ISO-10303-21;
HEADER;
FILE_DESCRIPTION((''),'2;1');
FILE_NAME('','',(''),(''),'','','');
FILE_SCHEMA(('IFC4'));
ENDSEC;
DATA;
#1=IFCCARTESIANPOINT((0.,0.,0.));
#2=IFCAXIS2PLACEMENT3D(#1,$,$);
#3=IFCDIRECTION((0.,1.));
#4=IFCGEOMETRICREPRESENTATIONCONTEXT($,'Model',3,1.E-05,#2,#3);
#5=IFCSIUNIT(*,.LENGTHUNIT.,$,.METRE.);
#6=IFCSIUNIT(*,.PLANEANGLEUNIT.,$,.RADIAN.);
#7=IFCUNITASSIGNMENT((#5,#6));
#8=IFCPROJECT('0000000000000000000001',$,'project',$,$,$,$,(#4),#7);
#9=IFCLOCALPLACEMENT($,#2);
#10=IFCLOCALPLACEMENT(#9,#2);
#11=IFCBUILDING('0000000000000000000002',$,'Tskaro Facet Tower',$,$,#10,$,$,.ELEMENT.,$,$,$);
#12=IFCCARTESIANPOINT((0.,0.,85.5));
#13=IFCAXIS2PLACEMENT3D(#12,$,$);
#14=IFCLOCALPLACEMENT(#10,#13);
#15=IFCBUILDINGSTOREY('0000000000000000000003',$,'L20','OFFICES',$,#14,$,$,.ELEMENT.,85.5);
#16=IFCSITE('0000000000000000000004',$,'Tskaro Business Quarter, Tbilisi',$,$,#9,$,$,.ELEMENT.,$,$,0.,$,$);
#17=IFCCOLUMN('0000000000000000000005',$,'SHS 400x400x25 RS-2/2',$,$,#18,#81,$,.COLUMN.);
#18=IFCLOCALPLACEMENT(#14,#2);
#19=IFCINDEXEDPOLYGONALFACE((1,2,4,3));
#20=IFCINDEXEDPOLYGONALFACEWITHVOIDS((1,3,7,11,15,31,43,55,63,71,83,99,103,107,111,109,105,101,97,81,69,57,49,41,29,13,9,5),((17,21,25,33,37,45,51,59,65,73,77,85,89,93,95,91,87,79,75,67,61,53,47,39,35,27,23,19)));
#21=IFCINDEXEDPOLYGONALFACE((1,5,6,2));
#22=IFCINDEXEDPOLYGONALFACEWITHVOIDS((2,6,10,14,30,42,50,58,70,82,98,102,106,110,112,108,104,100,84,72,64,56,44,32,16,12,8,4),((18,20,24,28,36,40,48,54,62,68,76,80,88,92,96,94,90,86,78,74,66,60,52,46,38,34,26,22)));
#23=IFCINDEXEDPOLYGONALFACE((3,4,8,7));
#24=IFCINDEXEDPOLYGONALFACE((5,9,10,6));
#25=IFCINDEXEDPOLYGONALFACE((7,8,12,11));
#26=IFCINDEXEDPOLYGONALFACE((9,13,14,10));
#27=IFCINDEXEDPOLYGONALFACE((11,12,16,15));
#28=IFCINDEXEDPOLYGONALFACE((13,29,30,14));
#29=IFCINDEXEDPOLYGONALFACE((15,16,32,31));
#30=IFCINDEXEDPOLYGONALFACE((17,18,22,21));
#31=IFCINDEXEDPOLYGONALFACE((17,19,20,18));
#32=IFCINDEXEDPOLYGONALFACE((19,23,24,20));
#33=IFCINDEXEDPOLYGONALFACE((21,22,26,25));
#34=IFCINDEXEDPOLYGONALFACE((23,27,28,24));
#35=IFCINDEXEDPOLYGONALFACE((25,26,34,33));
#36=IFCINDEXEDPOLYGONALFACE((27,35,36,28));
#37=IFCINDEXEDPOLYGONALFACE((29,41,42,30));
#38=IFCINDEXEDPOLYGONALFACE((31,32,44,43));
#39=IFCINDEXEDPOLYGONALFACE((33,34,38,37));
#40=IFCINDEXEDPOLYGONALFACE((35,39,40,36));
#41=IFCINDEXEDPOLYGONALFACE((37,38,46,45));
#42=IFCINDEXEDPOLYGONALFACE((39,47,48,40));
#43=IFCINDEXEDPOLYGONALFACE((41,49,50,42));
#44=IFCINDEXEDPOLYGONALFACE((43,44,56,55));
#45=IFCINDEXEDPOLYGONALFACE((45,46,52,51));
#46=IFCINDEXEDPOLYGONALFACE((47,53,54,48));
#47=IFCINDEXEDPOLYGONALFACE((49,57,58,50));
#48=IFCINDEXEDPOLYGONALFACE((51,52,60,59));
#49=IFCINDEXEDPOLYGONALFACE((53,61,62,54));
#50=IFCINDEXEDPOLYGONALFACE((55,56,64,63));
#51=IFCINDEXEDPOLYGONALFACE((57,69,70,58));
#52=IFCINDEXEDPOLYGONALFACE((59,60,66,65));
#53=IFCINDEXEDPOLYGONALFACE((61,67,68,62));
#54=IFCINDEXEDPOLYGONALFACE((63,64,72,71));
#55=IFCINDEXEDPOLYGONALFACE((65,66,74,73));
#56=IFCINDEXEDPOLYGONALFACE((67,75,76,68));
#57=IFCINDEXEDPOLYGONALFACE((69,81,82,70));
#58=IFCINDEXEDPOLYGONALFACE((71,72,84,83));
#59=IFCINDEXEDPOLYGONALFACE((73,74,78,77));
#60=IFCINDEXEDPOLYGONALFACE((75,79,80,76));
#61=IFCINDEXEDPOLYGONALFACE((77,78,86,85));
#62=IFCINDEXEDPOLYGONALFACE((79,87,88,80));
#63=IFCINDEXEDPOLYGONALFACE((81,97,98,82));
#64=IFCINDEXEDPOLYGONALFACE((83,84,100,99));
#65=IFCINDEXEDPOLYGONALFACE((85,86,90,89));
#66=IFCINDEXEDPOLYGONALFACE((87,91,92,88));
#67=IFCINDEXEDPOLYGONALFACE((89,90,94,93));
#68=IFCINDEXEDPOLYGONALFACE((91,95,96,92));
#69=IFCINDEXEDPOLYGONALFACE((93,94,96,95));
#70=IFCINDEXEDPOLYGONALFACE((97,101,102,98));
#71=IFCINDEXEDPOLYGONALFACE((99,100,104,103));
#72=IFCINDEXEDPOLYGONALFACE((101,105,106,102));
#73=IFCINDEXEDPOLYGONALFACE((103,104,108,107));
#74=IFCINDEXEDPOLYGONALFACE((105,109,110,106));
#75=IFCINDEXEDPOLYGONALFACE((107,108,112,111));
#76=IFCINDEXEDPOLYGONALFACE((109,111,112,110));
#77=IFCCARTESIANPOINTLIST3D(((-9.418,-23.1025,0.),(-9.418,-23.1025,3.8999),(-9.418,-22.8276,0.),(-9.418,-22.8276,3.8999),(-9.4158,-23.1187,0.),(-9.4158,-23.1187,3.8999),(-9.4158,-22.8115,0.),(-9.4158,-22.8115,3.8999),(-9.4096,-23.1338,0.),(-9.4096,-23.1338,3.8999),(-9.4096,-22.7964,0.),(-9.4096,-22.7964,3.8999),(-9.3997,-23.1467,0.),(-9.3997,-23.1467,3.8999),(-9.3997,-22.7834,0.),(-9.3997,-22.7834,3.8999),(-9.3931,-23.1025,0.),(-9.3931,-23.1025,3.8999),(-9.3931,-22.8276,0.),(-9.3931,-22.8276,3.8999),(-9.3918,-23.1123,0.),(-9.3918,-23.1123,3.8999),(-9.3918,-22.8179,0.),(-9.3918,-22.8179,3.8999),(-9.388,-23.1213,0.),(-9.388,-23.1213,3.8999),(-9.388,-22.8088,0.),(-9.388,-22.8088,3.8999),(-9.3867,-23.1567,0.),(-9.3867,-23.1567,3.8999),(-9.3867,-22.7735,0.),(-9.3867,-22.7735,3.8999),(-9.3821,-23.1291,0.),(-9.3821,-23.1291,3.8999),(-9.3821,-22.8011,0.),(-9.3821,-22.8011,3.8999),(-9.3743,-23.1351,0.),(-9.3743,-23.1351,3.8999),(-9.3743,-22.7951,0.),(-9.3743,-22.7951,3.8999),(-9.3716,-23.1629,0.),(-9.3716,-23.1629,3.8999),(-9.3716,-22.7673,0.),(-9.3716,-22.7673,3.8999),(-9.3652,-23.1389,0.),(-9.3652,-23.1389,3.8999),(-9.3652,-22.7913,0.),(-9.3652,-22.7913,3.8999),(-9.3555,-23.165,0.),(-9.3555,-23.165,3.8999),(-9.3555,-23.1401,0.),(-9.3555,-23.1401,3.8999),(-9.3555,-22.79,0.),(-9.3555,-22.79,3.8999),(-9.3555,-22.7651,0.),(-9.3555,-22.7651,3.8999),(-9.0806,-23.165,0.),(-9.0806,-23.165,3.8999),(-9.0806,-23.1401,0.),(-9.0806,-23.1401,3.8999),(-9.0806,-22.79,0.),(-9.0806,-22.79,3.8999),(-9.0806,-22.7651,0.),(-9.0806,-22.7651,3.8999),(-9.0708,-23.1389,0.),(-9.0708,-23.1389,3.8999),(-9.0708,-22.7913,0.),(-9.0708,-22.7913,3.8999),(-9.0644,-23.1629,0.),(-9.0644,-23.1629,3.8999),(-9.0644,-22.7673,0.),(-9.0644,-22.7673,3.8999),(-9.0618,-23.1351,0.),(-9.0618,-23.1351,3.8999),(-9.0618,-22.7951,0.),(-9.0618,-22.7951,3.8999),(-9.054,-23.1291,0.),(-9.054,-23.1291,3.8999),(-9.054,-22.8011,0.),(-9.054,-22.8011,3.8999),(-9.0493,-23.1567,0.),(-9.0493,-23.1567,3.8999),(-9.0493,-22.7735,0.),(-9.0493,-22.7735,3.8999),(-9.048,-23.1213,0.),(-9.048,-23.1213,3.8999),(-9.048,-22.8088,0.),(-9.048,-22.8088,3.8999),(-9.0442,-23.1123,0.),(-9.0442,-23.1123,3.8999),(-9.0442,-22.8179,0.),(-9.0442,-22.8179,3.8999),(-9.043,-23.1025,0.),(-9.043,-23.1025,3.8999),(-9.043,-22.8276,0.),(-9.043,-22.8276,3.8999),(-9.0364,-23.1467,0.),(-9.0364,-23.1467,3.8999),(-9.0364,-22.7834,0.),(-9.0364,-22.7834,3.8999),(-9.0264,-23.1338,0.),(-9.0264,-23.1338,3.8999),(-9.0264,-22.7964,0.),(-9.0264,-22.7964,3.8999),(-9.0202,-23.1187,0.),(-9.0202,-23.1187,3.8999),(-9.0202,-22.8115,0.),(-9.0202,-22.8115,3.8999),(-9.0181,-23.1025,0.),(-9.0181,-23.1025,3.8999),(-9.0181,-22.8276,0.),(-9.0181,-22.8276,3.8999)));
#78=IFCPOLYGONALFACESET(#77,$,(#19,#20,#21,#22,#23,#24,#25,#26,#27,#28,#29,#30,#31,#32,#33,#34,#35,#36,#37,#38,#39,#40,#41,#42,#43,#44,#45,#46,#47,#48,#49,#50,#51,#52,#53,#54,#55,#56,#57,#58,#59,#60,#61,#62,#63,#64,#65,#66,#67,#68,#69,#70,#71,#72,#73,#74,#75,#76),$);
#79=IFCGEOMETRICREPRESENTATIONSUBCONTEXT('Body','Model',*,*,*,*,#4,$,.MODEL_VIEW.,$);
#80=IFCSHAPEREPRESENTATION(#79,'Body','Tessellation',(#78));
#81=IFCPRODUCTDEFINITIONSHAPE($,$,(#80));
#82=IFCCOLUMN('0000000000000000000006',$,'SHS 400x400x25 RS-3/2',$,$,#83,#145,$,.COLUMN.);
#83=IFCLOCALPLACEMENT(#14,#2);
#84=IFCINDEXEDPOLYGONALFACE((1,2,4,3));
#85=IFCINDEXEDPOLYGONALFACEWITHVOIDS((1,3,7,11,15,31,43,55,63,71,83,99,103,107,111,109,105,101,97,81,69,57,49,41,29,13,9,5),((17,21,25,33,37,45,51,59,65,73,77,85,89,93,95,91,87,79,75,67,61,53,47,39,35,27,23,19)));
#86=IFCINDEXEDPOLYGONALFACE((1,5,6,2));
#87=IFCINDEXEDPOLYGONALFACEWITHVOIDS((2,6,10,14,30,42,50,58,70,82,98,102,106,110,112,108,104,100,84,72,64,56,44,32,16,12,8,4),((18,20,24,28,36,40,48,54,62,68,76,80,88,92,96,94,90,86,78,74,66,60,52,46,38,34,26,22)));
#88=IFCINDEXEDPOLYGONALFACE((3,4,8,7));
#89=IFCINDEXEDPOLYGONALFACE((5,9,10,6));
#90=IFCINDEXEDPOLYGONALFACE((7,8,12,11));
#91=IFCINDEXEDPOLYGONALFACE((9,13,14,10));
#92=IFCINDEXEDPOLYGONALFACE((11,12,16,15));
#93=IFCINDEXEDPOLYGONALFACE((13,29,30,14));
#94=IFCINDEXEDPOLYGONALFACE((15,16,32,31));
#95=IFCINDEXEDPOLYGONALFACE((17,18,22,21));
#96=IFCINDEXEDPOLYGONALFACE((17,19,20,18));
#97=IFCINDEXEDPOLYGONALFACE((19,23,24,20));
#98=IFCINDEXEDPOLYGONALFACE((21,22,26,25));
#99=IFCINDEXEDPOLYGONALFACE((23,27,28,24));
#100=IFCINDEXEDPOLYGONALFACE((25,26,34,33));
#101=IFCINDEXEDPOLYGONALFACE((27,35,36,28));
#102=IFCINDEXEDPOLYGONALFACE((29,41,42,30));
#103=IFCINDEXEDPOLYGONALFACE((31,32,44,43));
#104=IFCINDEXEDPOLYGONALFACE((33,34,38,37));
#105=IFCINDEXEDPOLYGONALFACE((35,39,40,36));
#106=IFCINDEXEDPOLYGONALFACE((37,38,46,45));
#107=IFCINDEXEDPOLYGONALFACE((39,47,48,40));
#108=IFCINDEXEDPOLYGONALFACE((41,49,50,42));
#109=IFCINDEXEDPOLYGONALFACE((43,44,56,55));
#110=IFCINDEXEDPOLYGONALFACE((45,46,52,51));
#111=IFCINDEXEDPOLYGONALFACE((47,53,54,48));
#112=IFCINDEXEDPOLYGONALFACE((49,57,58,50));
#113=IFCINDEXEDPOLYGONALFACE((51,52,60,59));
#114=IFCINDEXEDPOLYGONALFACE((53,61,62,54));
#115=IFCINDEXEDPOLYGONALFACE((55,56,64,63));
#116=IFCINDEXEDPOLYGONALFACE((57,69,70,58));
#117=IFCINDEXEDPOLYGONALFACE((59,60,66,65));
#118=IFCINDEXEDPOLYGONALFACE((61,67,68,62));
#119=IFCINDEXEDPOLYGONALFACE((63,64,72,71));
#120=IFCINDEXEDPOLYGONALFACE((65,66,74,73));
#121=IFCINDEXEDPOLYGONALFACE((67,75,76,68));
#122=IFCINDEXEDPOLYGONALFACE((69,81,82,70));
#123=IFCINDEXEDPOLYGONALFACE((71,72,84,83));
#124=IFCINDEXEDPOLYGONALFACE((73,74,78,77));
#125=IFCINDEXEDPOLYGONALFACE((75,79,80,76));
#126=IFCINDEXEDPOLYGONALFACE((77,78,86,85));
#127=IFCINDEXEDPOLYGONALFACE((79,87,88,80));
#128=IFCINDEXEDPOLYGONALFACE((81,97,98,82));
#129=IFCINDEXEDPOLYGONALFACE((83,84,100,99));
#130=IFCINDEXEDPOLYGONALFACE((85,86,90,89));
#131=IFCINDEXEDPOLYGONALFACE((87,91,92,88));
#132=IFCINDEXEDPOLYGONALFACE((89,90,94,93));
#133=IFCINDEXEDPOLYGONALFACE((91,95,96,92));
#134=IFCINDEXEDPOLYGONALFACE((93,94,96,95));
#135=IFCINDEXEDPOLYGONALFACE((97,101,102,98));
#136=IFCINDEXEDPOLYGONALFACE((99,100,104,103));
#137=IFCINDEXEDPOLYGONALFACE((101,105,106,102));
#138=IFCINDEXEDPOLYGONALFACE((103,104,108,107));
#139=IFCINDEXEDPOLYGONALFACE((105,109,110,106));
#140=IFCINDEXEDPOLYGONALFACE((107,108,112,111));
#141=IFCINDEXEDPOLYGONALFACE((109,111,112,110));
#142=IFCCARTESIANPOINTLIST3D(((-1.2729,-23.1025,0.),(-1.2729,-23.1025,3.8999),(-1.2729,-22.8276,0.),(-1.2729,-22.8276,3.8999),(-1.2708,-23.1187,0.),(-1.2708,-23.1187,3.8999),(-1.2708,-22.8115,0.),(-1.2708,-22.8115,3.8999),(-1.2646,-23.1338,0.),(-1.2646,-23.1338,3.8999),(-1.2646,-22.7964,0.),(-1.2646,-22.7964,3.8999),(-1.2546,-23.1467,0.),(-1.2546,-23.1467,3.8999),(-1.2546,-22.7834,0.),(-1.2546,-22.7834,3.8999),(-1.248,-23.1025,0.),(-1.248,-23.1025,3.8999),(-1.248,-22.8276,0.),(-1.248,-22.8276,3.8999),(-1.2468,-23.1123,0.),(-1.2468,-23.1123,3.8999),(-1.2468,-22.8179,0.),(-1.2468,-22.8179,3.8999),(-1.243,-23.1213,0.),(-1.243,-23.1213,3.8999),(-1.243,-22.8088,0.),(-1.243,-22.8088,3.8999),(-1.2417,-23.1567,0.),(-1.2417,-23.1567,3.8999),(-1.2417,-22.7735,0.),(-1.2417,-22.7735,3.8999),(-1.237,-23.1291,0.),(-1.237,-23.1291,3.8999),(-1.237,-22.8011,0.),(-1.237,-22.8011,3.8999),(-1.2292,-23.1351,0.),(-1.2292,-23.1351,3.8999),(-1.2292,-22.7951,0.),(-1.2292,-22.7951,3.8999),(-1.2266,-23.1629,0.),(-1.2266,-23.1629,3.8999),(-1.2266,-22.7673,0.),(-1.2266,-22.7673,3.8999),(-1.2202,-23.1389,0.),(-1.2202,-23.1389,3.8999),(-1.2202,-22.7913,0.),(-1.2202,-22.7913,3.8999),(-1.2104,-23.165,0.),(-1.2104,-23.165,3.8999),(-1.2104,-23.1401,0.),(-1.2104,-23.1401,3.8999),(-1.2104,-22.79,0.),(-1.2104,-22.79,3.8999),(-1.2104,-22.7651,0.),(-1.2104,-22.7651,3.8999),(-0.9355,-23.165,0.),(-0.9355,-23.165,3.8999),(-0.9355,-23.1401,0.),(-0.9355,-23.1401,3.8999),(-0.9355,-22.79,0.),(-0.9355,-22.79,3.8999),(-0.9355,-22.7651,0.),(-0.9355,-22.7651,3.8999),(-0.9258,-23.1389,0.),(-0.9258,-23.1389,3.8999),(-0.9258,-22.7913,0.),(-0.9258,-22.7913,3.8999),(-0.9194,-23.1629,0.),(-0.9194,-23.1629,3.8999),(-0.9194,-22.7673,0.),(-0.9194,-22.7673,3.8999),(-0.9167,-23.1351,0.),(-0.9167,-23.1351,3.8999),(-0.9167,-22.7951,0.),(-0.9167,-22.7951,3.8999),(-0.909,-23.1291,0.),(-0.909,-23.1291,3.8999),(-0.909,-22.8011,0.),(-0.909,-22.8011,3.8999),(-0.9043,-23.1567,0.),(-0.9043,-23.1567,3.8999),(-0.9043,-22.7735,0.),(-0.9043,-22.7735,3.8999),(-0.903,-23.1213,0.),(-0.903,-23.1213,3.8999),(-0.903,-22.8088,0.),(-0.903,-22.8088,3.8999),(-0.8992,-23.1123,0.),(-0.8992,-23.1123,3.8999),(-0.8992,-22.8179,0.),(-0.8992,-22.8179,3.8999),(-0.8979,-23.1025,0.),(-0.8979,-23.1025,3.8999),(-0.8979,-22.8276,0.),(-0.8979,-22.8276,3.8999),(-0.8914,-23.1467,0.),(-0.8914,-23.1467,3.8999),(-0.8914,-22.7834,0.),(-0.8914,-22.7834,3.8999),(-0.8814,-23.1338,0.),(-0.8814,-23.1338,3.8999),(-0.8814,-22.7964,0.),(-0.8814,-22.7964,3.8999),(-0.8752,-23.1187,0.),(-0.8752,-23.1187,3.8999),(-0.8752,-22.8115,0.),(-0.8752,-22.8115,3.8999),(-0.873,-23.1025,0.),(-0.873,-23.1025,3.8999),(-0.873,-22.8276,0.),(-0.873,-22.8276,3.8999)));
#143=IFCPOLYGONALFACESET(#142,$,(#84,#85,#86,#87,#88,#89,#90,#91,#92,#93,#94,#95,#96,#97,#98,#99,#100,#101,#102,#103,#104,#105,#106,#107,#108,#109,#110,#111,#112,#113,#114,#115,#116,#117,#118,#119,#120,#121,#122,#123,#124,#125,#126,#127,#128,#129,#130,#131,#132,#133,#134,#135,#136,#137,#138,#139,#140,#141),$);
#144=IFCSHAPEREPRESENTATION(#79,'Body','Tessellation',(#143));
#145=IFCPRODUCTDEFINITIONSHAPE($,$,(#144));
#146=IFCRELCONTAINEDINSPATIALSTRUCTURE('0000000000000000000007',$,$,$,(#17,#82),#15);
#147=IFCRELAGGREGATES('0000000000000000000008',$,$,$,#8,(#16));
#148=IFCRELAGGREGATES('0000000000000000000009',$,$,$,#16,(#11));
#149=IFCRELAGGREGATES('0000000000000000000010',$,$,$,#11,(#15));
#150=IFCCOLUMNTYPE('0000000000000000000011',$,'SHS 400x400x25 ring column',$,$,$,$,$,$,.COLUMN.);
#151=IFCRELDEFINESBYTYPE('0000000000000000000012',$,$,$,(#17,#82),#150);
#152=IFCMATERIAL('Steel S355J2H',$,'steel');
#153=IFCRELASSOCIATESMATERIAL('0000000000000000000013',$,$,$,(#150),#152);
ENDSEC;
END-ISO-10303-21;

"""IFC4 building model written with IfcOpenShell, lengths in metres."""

from ifc_helpers import new_model, si_unit, direction, frame, origin, origin_2d, place, context, subcontext, project, spatial, hollow_rectangle, extrude, material, material_profile, profile_set, type_object, element, save


model = new_model("IFC4")

# Units and contexts
model_context = context("Model", 3, precision=1e-05, world=origin(), true_north=direction((0.0, 1.0)))
body_context = subcontext(model_context, "Body", "Model", "MODEL_VIEW")
ifc_project = project(units=[si_unit("LENGTHUNIT", "METRE"), si_unit("PLANEANGLEUNIT", "RADIAN")], contexts=[model_context])

# Site, building, storey
site_placement = place(None, origin())
site = spatial("IfcSite", under=ifc_project, at=site_placement, Name="Tskaro Business Quarter, Tbilisi", CompositionType="ELEMENT", RefElevation=0.0)
building_placement = place(site_placement, origin())
building = spatial("IfcBuilding", under=site, at=building_placement, Name="Tskaro Facet Tower", CompositionType="ELEMENT")
storey_placement = place(building_placement, frame((0.0, 0.0, 85.5)))
storey = spatial("IfcBuildingStorey", under=building, at=storey_placement, Name="L20", Description="OFFICES", CompositionType="ELEMENT", Elevation=85.5)

# Columns
ifc_material_1 = material(Name="Steel S355J2H", Category="steel")
ifc_material_profile_1 = material_profile(ifc_material_1, hollow_rectangle(XDim=0.3999, YDim=0.3999, WallThickness=0.0249, InnerFilletRadius=0.0376, OuterFilletRadius=0.0625, at=origin_2d()), Name="SHS 400x400x25")
ifc_profile_set_1 = profile_set([ifc_material_profile_1], Name="Steel S355J2H")
column_type_1 = type_object("IfcColumnType", Name="SHS 400x400x25 ring column", PredefinedType="COLUMN", material=ifc_profile_set_1)
for number, where, z_axis, x_axis, name in (
    (1, (-9.218, -22.9651, 0.0), (0.0, 0.0, 1.0), (1.0, 0.0, 0.0), "SHS 400x400x25 RS-2/2"),
    (2, (-1.073, -22.9651, 0.0), (0.0, 0.0, 1.0), (1.0, 0.0, 0.0), "SHS 400x400x25 RS-3/2"),
):
    element("IfcColumn", number, at=place(storey_placement, frame(where, z_axis=z_axis, x_axis=x_axis)), inside=storey, type_object=column_type_1, Name=name, PredefinedType="COLUMN", context=body_context, shape_type="SweptSolid", body=[
        extrude(hollow_rectangle(XDim=0.3999, YDim=0.3999, WallThickness=0.0249, InnerFilletRadius=0.0376, OuterFilletRadius=0.0625, at=origin_2d()), origin(), (0.0, 0.0, 1.0), 3.8999),
    ])

save(model, "model.ifc")
